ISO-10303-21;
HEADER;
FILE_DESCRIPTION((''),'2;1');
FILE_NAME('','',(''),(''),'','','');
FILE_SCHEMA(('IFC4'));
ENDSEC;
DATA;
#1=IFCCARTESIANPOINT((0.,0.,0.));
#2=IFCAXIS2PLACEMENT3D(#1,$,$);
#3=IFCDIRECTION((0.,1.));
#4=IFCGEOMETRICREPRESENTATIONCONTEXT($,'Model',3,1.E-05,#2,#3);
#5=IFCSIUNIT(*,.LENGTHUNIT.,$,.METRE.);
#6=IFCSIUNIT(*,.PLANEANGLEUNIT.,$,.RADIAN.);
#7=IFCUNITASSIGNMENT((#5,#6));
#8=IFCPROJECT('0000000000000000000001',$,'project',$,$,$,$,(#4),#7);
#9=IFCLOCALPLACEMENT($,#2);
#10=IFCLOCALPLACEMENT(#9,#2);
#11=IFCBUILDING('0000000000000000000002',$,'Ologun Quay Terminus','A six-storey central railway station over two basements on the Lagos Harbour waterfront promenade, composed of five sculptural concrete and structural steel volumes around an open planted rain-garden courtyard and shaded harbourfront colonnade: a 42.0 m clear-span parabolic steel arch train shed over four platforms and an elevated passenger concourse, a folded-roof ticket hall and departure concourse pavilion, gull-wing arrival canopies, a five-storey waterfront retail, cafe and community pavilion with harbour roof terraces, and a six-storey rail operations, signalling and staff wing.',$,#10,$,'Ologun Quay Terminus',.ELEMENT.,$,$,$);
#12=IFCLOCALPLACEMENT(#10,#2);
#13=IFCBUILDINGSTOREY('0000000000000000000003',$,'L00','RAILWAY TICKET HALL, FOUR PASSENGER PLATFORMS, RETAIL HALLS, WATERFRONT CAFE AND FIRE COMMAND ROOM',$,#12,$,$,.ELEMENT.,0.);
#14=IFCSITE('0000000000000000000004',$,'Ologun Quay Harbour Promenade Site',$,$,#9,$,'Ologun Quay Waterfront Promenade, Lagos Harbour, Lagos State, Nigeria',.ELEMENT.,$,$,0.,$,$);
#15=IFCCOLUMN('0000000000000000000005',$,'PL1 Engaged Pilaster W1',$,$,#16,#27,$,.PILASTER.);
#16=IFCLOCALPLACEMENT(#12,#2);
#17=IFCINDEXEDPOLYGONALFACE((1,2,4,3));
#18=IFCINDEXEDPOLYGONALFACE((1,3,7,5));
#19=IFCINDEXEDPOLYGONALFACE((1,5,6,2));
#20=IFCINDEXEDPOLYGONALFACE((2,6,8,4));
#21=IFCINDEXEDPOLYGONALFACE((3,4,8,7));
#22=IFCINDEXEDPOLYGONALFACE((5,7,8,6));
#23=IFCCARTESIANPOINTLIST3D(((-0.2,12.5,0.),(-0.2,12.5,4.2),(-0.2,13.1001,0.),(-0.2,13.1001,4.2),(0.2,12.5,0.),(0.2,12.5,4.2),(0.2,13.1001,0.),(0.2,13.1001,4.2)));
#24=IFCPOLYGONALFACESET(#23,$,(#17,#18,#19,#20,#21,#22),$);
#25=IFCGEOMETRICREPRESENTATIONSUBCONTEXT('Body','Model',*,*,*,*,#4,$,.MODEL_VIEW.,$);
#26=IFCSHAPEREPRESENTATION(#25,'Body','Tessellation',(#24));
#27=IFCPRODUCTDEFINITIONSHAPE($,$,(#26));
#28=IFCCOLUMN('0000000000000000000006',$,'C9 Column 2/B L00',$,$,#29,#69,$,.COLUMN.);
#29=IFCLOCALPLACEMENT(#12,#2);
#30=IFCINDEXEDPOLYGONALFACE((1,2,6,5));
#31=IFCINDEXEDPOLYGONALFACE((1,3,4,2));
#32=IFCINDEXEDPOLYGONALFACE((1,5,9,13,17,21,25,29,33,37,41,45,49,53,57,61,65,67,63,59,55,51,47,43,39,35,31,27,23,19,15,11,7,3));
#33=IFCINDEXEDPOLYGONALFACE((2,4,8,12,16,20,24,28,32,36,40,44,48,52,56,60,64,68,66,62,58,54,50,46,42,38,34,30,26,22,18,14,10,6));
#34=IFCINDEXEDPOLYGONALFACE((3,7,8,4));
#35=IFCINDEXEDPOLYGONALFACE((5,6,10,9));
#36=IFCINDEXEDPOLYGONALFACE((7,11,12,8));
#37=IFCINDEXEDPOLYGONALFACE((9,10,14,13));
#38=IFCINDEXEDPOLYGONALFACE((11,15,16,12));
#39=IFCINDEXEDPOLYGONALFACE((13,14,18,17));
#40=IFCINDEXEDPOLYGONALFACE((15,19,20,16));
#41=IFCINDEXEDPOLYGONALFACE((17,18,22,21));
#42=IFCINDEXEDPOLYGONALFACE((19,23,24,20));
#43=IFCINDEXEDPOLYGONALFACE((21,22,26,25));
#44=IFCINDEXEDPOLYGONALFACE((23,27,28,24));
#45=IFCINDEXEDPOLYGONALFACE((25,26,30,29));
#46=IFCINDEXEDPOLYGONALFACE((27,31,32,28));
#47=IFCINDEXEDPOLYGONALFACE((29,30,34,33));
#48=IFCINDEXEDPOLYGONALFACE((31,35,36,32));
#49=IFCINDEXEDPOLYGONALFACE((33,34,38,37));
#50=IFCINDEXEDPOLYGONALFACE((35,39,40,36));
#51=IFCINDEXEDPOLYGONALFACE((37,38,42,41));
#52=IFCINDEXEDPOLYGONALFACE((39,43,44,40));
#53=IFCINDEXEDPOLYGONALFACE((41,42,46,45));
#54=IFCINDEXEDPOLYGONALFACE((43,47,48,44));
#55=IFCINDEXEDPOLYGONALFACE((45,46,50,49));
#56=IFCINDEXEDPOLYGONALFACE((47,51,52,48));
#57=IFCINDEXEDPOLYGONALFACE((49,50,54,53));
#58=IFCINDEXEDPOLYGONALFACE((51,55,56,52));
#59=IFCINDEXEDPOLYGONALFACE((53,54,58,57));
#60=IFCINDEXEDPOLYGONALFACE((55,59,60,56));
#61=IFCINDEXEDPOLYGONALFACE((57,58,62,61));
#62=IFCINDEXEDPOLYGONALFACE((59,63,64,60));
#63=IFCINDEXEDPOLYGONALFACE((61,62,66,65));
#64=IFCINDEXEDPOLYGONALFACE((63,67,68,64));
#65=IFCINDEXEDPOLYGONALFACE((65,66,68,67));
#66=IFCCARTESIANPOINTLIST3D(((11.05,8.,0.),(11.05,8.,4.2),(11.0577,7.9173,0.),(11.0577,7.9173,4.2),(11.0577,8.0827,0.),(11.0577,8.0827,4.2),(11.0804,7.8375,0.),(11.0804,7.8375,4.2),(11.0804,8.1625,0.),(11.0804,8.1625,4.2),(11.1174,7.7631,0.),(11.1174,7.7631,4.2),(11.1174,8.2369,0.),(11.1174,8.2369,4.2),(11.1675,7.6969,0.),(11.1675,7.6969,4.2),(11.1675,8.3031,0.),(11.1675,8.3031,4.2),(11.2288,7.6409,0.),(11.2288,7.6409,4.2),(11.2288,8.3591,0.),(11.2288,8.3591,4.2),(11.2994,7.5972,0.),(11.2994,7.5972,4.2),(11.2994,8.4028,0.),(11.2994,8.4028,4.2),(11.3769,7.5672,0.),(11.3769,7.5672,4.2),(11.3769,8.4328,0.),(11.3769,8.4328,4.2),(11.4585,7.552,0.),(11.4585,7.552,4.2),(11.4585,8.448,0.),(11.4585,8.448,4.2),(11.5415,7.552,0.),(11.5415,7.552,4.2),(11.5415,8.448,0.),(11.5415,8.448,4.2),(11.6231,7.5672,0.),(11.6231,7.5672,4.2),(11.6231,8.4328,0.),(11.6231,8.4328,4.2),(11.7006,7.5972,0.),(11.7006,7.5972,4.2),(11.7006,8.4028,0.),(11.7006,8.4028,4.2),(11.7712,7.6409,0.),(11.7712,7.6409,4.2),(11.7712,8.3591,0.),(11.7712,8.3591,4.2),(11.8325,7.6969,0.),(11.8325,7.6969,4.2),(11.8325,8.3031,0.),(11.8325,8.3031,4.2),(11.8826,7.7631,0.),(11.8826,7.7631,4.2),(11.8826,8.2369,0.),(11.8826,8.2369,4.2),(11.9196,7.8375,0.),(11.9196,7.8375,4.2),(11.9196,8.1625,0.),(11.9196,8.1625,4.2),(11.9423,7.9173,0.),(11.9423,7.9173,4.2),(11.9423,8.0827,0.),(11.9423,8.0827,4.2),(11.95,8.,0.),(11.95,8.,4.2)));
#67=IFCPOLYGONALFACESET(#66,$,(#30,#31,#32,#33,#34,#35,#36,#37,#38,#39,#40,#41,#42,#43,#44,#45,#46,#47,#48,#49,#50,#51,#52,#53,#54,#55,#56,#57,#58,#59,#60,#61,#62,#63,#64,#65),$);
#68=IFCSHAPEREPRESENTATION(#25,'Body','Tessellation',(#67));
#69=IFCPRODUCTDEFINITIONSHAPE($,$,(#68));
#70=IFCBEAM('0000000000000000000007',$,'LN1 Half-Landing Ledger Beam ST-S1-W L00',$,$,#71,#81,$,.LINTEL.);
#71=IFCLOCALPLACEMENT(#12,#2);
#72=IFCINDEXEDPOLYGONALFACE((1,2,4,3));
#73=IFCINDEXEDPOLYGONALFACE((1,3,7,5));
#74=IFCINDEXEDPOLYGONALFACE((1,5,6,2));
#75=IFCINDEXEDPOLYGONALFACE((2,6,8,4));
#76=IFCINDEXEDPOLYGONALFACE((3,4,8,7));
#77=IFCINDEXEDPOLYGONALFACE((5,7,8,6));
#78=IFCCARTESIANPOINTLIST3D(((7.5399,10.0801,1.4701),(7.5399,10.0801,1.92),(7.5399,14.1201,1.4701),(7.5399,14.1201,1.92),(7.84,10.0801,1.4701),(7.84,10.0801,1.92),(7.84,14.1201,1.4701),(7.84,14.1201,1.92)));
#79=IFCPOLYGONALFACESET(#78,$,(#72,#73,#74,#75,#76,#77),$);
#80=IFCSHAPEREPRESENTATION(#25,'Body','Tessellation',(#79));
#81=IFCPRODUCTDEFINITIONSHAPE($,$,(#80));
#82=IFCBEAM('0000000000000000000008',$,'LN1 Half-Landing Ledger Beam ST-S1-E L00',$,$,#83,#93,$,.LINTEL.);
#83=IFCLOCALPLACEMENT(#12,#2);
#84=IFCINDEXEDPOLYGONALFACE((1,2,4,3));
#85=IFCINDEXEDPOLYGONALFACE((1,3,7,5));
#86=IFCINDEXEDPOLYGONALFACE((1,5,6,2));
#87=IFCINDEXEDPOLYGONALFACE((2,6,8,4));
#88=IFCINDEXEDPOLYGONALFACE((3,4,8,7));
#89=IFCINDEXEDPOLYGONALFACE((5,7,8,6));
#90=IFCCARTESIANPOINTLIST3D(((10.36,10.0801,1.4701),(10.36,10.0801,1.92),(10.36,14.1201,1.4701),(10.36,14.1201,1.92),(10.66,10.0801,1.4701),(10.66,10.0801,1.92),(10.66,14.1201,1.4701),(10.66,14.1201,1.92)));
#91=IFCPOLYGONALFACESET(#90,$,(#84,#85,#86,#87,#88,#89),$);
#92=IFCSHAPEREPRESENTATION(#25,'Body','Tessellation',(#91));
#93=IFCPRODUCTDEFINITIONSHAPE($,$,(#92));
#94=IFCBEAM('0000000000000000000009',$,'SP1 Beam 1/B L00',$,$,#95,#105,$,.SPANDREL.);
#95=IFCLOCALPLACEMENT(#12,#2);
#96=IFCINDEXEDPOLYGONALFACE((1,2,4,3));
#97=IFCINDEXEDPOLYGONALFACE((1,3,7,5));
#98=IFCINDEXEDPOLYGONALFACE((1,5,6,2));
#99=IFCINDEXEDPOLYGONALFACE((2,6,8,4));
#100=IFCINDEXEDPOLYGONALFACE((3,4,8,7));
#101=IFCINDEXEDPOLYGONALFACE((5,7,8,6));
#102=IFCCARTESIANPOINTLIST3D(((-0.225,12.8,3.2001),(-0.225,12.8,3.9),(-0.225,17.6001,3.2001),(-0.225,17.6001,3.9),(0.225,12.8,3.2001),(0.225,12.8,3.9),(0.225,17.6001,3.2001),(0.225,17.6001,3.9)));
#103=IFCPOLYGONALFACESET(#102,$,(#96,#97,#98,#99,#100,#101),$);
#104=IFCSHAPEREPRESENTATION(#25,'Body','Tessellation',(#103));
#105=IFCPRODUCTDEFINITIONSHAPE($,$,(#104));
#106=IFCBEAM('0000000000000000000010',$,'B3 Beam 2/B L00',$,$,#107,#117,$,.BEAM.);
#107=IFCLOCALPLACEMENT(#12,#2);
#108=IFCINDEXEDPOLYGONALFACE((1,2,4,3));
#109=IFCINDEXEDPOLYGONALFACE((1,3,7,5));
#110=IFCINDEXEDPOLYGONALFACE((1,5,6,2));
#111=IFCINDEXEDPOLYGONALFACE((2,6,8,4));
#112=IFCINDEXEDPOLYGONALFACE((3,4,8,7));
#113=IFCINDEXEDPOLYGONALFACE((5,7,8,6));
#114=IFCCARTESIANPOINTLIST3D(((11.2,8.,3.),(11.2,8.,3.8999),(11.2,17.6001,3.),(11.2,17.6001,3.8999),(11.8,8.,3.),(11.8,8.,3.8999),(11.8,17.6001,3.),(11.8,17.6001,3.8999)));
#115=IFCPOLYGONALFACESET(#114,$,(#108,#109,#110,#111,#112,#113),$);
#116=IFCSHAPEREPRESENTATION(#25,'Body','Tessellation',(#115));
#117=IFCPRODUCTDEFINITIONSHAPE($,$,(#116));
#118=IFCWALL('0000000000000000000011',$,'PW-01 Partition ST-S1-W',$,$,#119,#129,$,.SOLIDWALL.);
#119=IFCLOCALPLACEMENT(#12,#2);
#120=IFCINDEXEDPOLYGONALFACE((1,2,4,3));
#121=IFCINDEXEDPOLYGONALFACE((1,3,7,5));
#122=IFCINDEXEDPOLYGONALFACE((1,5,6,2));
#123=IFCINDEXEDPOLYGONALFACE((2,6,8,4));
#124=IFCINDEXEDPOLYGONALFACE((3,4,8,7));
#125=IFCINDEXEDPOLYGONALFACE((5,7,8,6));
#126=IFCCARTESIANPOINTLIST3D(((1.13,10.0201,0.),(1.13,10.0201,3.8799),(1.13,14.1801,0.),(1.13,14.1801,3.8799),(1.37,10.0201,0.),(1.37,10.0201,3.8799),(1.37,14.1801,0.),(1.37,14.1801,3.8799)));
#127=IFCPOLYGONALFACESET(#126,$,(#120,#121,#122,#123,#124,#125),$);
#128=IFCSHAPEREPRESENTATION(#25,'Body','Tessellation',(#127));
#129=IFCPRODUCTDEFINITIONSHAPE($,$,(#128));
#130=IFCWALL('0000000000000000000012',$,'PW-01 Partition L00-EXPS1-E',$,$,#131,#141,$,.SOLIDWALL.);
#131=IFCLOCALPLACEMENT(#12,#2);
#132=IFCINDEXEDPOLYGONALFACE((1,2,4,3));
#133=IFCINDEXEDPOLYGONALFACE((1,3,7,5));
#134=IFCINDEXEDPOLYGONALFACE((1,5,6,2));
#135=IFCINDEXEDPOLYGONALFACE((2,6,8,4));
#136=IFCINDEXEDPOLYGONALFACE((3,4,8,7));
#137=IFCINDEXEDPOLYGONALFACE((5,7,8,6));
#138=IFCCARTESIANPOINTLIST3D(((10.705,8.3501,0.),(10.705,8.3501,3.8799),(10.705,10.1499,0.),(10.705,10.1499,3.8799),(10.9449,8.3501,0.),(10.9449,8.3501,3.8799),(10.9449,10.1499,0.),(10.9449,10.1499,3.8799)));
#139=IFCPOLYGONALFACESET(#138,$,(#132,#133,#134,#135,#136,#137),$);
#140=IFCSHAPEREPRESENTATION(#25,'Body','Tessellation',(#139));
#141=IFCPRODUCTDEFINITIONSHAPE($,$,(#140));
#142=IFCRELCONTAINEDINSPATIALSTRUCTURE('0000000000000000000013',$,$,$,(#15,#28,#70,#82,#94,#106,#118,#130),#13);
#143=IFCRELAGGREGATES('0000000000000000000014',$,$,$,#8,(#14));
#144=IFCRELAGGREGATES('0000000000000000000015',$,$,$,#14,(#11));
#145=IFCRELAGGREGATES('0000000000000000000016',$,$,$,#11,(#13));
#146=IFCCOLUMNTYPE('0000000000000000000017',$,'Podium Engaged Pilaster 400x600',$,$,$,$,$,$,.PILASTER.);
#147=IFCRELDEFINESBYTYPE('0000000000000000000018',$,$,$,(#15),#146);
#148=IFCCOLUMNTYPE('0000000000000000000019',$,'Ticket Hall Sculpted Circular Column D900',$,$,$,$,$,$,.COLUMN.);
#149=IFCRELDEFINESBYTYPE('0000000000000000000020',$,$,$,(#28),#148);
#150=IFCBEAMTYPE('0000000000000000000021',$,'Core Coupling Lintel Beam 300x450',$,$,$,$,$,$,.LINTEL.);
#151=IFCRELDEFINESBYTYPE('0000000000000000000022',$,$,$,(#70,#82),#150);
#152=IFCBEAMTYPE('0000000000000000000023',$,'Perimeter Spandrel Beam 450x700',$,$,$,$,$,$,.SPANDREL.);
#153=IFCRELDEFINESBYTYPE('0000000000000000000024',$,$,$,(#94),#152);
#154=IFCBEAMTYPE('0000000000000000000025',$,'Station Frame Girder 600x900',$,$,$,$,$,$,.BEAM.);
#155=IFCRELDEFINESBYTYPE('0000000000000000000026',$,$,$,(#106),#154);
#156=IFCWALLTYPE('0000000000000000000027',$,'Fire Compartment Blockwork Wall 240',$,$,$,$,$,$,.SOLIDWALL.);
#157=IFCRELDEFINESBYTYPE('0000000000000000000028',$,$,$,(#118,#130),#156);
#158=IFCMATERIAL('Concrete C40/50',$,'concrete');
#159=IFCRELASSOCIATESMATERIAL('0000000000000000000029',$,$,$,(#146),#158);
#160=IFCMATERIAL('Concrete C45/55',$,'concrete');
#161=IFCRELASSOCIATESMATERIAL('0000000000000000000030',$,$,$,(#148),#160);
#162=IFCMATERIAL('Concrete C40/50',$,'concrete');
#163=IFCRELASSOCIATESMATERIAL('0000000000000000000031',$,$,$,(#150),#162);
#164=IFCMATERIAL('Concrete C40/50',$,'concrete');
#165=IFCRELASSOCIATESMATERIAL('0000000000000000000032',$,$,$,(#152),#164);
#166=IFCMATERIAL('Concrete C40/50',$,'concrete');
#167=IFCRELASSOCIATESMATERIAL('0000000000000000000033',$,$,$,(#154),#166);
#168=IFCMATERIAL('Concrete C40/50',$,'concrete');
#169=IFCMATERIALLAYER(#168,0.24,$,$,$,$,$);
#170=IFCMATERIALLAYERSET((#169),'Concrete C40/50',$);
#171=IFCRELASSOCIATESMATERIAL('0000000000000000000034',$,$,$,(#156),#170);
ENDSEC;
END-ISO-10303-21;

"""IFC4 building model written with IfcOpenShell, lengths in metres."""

from ifc_helpers import new_model, si_unit, direction, frame, frame_2d, origin, origin_2d, place, context, subcontext, project, spatial, rectangle, circle, extrude, material, layer, layer_set, material_profile, profile_set, type_object, element, save


model = new_model("IFC4")

# Units and contexts
model_context = context("Model", 3, precision=1e-05, world=origin(), true_north=direction((0.0, 1.0)))
body_context = subcontext(model_context, "Body", "Model", "MODEL_VIEW")
ifc_project = project(units=[si_unit("LENGTHUNIT", "METRE"), si_unit("PLANEANGLEUNIT", "RADIAN")], contexts=[model_context])

# Site, building, storey
site_placement = place(None, origin())
site = spatial("IfcSite", under=ifc_project, at=site_placement, Name="Ologun Quay Harbour Promenade Site", LongName="Ologun Quay Waterfront Promenade, Lagos Harbour, Lagos State, Nigeria", CompositionType="ELEMENT", RefElevation=0.0)
building_placement = place(site_placement, origin())
building = spatial("IfcBuilding", under=site, at=building_placement, Name="Ologun Quay Terminus", Description="A six-storey central railway station over two basements on the Lagos Harbour waterfront promenade, composed of five sculptural concrete and structural steel volumes around an open planted rain-garden courtyard and shaded harbourfront colonnade: a 42.0 m clear-span parabolic steel arch train shed over four platforms and an elevated passenger concourse, a folded-roof ticket hall and departure concourse pavilion, gull-wing arrival canopies, a five-storey waterfront retail, cafe and community pavilion with harbour roof terraces, and a six-storey rail operations, signalling and staff wing.", LongName="Ologun Quay Terminus", CompositionType="ELEMENT")
storey_placement = place(building_placement, origin())
storey = spatial("IfcBuildingStorey", under=building, at=storey_placement, Name="L00", Description="RAILWAY TICKET HALL, FOUR PASSENGER PLATFORMS, RETAIL HALLS, WATERFRONT CAFE AND FIRE COMMAND ROOM", CompositionType="ELEMENT", Elevation=0.0)

# Columns
ifc_material_1 = material(Name="Concrete C40/50", Category="concrete")
ifc_material_profile_1 = material_profile(ifc_material_1, rectangle(XDim=0.3999, YDim=0.6001, at=origin_2d()), Name="RC 400x600")
ifc_profile_set_1 = profile_set([ifc_material_profile_1], Name="Concrete C40/50")
column_type_1 = type_object("IfcColumnType", Name="Podium Engaged Pilaster 400x600", PredefinedType="PILASTER", material=ifc_profile_set_1)
column_1_placement = place(storey_placement, frame((0.0, 12.8, 0.0), z_axis=(0.0, 0.0, 1.0), x_axis=(1.0, 0.0, 0.0)))
element("IfcColumn", 1, at=column_1_placement, inside=storey, type_object=column_type_1, Name="PL1 Engaged Pilaster W1", PredefinedType="PILASTER", context=body_context, shape_type="SweptSolid", body=[
    extrude(rectangle(XDim=0.3999, YDim=0.6001, at=origin_2d()), origin(), (0.0, 0.0, 1.0), 4.2),
])
ifc_material_2 = material(Name="Concrete C45/55", Category="concrete")
ifc_material_profile_2 = material_profile(ifc_material_2, circle(Radius=0.45, at=origin_2d()), Name="RC D900")
ifc_profile_set_2 = profile_set([ifc_material_profile_2], Name="Concrete C45/55")
column_type_2 = type_object("IfcColumnType", Name="Ticket Hall Sculpted Circular Column D900", PredefinedType="COLUMN", material=ifc_profile_set_2)
column_2_placement = place(storey_placement, frame((11.5, 8.0, 0.0), z_axis=(0.0, 0.0, 1.0), x_axis=(1.0, 0.0, 0.0)))
element("IfcColumn", 2, at=column_2_placement, inside=storey, type_object=column_type_2, Name="C9 Column 2/B L00", PredefinedType="COLUMN", context=body_context, shape_type="SweptSolid", body=[
    extrude(circle(Radius=0.45, at=origin_2d()), origin(), (0.0, 0.0, 1.0), 4.2),
])

# Beams
ifc_material_3 = material(Name="Concrete C40/50", Category="concrete")
ifc_material_profile_3 = material_profile(ifc_material_3, rectangle(XDim=0.3, YDim=0.45, at=origin_2d()), Name="RC 300x450")
ifc_profile_set_3 = profile_set([ifc_material_profile_3], Name="Concrete C40/50")
beam_type_1 = type_object("IfcBeamType", Name="Core Coupling Lintel Beam 300x450", PredefinedType="LINTEL", material=ifc_profile_set_3)
for number, where, z_axis, x_axis, name in (
    (3, (7.6899, 10.0801, 1.6951), (0.0, 1.0, 0.0), (-1.0, 0.0, 0.0), "LN1 Half-Landing Ledger Beam ST-S1-W L00"),
    (4, (10.51, 10.0801, 1.6951), (0.0, 1.0, 0.0), (-1.0, 0.0, 0.0), "LN1 Half-Landing Ledger Beam ST-S1-E L00"),
):
    element("IfcBeam", number, at=place(storey_placement, frame(where, z_axis=z_axis, x_axis=x_axis)), inside=storey, type_object=beam_type_1, Name=name, PredefinedType="LINTEL", context=body_context, shape_type="SweptSolid", body=[
        extrude(rectangle(XDim=0.3, YDim=0.45, at=origin_2d()), origin(), (0.0, 0.0, 1.0), 4.04),
    ])
ifc_material_4 = material(Name="Concrete C40/50", Category="concrete")
ifc_material_profile_4 = material_profile(ifc_material_4, rectangle(XDim=0.45, YDim=0.7, at=origin_2d()), Name="RC 450x700")
ifc_profile_set_4 = profile_set([ifc_material_profile_4], Name="Concrete C40/50")
beam_type_2 = type_object("IfcBeamType", Name="Perimeter Spandrel Beam 450x700", PredefinedType="SPANDREL", material=ifc_profile_set_4)
beam_1_placement = place(storey_placement, frame((0.0, 12.8, 3.55), z_axis=(0.0, 1.0, 0.0), x_axis=(-1.0, 0.0, 0.0)))
element("IfcBeam", 5, at=beam_1_placement, inside=storey, type_object=beam_type_2, Name="SP1 Beam 1/B L00", PredefinedType="SPANDREL", context=body_context, shape_type="SweptSolid", body=[
    extrude(rectangle(XDim=0.45, YDim=0.7, at=origin_2d()), origin(), (0.0, 0.0, 1.0), 4.8),
])
ifc_material_5 = material(Name="Concrete C40/50", Category="concrete")
ifc_material_profile_5 = material_profile(ifc_material_5, rectangle(XDim=0.6001, YDim=0.8999, at=origin_2d()), Name="RC 600x900")
ifc_profile_set_5 = profile_set([ifc_material_profile_5], Name="Concrete C40/50")
beam_type_3 = type_object("IfcBeamType", Name="Station Frame Girder 600x900", PredefinedType="BEAM", material=ifc_profile_set_5)
beam_2_placement = place(storey_placement, frame((11.5, 8.0, 3.45), z_axis=(0.0, 1.0, 0.0), x_axis=(-1.0, 0.0, 0.0)))
element("IfcBeam", 6, at=beam_2_placement, inside=storey, type_object=beam_type_3, Name="B3 Beam 2/B L00", PredefinedType="BEAM", context=body_context, shape_type="SweptSolid", body=[
    extrude(rectangle(XDim=0.6001, YDim=0.8999, at=origin_2d()), origin(), (0.0, 0.0, 1.0), 9.6001),
])

# Walls
ifc_material_6 = material(Name="Concrete C40/50", Category="concrete")
ifc_layer_1 = layer(ifc_material_6, 0.24)
ifc_layer_set_1 = layer_set([ifc_layer_1], Name="Concrete C40/50")
wall_type_1 = type_object("IfcWallType", Name="Fire Compartment Blockwork Wall 240", PredefinedType="SOLIDWALL", material=ifc_layer_set_1)
wall_1_placement = place(storey_placement, frame((1.25, 10.02, 0.0), z_axis=(0.0, 0.0, 1.0), x_axis=(0.0, 1.0, 0.0)))
element("IfcWall", 7, at=wall_1_placement, inside=storey, type_object=wall_type_1, Name="PW-01 Partition ST-S1-W", PredefinedType="SOLIDWALL", context=body_context, shape_type="SweptSolid", body=[
    extrude(rectangle(XDim=4.1599, YDim=0.24, at=frame_2d((2.0801, 0.0))), origin(), (0.0, 0.0, 1.0), 3.8799),
])
wall_2_placement = place(storey_placement, frame((10.825, 8.3501, 0.0), z_axis=(0.0, 0.0, 1.0), x_axis=(0.0, 1.0, 0.0)))
element("IfcWall", 8, at=wall_2_placement, inside=storey, type_object=wall_type_1, Name="PW-01 Partition L00-EXPS1-E", PredefinedType="SOLIDWALL", context=body_context, shape_type="SweptSolid", body=[
    extrude(rectangle(XDim=1.7998, YDim=0.24, at=frame_2d((0.8999, 0.0))), origin(), (0.0, 0.0, 1.0), 3.8799),
])

save(model, "model.ifc")
